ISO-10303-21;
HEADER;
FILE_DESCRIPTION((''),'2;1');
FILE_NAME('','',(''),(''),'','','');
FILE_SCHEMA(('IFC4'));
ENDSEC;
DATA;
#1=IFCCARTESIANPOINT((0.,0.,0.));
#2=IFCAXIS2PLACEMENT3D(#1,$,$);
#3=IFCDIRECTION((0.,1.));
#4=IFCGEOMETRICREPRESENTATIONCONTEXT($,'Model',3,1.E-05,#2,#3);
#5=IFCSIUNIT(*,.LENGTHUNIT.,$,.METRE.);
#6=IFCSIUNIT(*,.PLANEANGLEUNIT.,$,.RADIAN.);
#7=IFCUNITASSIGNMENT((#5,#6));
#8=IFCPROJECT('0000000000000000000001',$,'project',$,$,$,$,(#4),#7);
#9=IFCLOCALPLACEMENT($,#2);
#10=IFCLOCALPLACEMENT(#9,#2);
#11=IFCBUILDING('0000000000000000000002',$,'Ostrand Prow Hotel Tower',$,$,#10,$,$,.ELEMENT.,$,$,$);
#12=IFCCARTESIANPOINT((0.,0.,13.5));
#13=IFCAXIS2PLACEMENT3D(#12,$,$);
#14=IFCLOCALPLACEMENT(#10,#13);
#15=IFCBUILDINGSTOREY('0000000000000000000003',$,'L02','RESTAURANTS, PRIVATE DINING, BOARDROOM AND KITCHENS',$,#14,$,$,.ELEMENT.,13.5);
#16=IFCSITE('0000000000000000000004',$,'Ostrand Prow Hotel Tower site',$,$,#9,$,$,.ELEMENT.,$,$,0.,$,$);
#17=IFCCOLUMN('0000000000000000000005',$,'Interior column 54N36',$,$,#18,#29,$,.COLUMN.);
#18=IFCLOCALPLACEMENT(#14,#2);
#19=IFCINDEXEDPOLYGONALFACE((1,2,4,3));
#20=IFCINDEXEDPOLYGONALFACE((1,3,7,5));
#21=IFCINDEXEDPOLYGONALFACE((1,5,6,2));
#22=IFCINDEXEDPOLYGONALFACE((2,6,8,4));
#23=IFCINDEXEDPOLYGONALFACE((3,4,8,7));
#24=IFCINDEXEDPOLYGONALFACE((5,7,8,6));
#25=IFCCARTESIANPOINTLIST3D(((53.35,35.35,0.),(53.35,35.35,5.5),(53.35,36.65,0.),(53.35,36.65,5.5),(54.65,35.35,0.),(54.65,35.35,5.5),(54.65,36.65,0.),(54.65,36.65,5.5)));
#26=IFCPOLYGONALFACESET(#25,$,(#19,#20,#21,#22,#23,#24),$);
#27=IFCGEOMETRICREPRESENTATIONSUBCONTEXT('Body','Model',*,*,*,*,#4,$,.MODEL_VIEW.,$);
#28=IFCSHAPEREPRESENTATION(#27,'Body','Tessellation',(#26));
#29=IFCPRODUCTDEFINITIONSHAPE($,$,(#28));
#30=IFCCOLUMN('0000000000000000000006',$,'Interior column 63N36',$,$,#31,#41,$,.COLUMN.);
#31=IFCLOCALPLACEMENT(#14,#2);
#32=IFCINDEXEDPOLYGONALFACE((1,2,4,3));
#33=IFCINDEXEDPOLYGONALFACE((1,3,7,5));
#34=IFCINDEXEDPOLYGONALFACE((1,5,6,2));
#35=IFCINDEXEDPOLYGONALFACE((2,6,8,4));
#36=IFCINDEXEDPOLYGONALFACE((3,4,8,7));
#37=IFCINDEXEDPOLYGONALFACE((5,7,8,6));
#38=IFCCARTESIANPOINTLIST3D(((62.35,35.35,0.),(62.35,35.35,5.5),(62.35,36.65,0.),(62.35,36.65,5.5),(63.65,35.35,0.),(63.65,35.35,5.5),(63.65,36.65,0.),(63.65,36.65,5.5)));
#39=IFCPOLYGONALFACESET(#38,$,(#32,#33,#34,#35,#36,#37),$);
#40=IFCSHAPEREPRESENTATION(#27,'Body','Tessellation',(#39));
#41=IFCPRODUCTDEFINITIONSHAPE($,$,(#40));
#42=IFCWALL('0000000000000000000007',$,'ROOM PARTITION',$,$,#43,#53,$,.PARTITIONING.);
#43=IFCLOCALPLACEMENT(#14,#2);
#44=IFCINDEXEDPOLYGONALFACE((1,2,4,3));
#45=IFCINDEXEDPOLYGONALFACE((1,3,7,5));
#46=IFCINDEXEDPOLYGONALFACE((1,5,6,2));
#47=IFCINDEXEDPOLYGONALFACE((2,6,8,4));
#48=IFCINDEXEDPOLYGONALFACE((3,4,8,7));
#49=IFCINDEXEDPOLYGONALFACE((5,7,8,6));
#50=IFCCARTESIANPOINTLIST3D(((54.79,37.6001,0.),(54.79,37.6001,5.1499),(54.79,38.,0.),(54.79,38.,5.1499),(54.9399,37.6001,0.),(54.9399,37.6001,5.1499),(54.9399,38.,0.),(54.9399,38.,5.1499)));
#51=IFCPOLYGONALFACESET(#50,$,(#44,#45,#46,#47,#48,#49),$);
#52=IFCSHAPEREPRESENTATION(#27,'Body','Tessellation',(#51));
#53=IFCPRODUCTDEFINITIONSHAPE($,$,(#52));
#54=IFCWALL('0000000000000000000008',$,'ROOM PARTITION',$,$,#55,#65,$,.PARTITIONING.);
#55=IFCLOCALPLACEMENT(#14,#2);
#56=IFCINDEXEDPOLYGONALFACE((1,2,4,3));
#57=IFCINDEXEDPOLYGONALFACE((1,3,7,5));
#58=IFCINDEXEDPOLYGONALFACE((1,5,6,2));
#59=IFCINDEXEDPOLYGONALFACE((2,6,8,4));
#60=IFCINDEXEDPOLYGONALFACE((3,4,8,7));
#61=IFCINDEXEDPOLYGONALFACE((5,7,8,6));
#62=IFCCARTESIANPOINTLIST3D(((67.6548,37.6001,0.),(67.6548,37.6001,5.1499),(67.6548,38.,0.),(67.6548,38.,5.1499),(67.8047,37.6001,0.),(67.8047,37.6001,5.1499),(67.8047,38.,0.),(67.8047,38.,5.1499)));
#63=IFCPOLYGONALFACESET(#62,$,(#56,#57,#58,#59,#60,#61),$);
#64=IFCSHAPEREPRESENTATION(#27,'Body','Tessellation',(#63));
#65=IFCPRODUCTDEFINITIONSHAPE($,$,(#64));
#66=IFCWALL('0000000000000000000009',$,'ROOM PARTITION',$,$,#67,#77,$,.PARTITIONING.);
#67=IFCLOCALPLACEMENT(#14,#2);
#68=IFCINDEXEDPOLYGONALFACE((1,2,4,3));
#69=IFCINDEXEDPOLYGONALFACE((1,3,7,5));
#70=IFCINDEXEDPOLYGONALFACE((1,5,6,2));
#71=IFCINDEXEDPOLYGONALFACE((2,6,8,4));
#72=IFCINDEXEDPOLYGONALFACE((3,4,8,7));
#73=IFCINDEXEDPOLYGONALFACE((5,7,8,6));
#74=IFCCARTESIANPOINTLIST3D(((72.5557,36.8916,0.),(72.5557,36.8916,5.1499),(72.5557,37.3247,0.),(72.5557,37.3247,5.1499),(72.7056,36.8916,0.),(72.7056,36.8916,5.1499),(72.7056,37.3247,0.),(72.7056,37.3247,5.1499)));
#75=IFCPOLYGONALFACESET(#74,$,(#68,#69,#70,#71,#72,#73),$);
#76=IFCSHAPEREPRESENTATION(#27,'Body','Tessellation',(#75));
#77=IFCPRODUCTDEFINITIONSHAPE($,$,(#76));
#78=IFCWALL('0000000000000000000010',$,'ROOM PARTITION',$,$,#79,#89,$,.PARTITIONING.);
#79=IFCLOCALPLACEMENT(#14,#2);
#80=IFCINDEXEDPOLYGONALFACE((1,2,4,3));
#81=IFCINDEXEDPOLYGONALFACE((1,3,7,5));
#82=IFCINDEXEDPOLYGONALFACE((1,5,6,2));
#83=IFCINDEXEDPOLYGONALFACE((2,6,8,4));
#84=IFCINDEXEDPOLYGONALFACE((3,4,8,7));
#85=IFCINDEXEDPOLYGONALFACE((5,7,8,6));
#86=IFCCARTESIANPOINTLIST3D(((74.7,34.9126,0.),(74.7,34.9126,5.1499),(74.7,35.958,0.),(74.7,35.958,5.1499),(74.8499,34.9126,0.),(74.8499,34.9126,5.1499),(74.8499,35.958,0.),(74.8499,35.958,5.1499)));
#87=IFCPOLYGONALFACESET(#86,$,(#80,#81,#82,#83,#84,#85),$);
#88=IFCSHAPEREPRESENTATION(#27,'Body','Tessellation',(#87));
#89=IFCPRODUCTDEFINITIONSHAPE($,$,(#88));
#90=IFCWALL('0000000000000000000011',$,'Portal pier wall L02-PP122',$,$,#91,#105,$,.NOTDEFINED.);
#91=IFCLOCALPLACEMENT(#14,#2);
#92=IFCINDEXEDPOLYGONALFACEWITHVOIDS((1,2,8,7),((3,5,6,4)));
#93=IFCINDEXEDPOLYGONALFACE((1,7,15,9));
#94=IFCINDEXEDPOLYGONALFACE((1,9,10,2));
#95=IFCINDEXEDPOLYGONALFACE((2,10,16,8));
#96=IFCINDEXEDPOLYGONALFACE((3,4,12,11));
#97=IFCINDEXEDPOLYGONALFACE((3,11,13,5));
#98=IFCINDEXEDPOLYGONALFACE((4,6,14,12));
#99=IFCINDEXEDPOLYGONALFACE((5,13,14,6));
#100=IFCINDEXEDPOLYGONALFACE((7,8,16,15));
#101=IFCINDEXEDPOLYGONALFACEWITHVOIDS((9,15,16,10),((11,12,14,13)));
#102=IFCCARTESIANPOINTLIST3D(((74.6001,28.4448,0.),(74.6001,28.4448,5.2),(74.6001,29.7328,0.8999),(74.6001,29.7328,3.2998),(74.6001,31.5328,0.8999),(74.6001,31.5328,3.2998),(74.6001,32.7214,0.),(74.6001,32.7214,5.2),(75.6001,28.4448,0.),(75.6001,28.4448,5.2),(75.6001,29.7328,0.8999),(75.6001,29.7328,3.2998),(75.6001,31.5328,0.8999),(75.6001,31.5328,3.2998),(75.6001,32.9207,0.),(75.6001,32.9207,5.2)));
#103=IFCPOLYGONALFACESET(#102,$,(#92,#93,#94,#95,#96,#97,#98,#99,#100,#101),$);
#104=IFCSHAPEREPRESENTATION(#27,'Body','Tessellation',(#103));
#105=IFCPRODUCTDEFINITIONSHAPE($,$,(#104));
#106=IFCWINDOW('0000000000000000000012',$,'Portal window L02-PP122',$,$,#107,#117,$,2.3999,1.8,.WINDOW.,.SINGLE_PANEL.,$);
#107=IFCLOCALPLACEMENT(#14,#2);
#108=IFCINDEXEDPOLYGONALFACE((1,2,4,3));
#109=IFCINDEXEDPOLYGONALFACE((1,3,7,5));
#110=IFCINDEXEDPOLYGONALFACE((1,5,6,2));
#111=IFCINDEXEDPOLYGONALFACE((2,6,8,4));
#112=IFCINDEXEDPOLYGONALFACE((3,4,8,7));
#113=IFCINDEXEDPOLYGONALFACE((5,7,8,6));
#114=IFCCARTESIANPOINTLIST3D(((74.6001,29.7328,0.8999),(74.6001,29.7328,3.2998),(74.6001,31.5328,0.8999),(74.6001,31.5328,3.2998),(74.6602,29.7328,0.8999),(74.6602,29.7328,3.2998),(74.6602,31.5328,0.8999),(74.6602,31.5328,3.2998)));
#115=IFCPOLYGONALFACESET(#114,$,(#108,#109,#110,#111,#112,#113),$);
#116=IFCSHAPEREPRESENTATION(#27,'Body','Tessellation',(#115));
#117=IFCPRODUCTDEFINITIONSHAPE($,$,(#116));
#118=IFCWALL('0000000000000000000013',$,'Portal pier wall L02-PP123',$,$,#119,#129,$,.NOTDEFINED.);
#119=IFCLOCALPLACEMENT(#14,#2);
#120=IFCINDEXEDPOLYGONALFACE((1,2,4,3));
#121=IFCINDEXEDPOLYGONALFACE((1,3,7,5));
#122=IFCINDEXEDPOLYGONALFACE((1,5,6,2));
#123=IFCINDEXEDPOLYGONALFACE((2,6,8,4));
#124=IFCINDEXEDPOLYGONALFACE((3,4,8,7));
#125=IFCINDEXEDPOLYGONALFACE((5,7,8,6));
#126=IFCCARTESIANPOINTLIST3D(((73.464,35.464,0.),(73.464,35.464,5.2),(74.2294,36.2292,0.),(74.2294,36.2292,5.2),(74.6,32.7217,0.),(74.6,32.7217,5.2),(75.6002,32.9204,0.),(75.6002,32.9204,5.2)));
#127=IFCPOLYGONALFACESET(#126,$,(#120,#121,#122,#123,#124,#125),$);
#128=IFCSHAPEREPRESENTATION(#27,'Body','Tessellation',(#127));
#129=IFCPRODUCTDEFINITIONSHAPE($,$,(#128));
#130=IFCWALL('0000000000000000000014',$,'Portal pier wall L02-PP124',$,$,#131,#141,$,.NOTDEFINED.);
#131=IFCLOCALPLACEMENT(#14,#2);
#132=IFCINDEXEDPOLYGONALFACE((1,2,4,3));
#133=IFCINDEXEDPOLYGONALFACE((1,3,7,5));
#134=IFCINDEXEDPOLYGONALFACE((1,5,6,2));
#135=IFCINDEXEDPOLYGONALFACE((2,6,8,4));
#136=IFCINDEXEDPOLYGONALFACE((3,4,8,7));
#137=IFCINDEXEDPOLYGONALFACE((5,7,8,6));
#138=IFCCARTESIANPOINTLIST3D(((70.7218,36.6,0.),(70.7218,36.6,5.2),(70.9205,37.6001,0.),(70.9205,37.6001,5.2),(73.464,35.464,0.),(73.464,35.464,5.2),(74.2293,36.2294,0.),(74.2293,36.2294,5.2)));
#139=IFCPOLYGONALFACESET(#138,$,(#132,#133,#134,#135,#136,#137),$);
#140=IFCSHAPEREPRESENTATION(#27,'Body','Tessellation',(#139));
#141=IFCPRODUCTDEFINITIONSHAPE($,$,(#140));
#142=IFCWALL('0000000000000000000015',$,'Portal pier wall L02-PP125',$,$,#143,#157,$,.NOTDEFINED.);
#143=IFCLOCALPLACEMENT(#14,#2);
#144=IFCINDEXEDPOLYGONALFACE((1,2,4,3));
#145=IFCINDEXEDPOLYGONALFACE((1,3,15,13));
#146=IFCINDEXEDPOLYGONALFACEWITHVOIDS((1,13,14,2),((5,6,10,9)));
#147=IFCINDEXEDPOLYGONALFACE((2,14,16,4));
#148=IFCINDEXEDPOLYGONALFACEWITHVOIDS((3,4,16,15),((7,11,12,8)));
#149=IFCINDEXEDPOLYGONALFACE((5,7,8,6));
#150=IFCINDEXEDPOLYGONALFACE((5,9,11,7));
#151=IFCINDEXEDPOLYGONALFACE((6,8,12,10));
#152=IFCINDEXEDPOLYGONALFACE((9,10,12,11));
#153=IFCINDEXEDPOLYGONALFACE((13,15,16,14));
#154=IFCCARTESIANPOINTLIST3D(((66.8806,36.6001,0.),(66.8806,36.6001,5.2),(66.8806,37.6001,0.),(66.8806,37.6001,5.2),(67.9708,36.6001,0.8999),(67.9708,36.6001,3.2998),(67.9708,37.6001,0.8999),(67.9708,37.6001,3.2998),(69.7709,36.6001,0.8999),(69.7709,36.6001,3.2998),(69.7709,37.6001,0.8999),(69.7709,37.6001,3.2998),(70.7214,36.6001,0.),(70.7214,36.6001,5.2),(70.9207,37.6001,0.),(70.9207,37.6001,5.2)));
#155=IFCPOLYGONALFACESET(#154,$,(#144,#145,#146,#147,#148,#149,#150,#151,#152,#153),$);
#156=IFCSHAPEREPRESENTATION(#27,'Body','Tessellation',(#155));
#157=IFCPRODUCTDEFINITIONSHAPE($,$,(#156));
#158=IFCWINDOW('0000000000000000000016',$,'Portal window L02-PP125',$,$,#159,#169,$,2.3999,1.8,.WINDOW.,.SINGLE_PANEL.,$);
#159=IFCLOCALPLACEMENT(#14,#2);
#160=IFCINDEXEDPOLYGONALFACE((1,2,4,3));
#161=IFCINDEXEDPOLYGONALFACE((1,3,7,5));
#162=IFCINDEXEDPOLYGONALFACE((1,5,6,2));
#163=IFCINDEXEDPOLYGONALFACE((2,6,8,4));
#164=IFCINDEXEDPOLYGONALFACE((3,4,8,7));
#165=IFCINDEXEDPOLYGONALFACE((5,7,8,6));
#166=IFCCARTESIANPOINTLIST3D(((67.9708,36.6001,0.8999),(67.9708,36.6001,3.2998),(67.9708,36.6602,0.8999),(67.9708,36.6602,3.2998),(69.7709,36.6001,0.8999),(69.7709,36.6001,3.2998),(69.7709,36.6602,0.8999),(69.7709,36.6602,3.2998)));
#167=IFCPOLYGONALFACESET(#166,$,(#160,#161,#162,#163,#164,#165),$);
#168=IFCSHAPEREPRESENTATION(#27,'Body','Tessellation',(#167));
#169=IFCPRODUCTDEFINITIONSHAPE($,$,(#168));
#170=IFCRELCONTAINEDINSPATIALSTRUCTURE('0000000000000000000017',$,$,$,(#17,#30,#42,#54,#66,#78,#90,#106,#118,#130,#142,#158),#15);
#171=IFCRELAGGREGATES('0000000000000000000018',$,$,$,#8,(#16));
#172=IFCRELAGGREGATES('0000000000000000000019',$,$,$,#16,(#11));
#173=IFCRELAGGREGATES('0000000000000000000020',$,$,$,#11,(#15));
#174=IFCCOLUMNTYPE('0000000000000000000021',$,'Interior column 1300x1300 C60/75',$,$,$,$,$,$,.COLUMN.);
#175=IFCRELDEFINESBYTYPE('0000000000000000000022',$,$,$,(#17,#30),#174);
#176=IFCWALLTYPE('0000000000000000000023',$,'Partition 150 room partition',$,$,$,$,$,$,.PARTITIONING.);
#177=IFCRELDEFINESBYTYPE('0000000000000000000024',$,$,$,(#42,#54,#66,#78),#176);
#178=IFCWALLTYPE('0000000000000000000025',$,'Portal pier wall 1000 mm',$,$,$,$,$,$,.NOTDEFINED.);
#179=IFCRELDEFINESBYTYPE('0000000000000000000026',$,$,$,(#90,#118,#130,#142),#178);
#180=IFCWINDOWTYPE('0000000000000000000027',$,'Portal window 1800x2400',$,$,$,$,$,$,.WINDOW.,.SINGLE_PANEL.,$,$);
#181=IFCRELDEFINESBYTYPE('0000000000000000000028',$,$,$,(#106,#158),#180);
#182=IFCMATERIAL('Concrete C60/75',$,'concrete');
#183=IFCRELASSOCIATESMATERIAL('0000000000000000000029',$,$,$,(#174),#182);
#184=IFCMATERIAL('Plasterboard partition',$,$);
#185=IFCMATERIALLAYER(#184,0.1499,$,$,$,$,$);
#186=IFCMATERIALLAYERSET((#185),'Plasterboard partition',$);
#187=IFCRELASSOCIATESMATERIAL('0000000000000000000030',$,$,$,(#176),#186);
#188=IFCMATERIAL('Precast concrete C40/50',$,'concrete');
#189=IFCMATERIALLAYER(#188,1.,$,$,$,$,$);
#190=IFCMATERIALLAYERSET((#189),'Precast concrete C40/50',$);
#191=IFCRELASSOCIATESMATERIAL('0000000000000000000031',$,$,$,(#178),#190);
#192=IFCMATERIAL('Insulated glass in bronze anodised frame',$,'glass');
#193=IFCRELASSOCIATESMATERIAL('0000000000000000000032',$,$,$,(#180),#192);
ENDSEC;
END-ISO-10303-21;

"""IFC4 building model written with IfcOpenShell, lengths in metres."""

from ifc_helpers import new_model, si_unit, direction, frame, frame_2d, origin, origin_2d, place, context, subcontext, project, spatial, polyline, rectangle, outline, extrude, material, layer, layer_set, material_profile, profile_set, type_object, element, fill, save


model = new_model("IFC4")

# Units and contexts
model_context = context("Model", 3, precision=1e-05, world=origin(), true_north=direction((0.0, 1.0)))
body_context = subcontext(model_context, "Body", "Model", "MODEL_VIEW")
ifc_project = project(units=[si_unit("LENGTHUNIT", "METRE"), si_unit("PLANEANGLEUNIT", "RADIAN")], contexts=[model_context])

# Site, building, storey
site_placement = place(None, origin())
site = spatial("IfcSite", under=ifc_project, at=site_placement, Name="Ostrand Prow Hotel Tower site", CompositionType="ELEMENT", RefElevation=0.0)
building_placement = place(site_placement, origin())
building = spatial("IfcBuilding", under=site, at=building_placement, Name="Ostrand Prow Hotel Tower", CompositionType="ELEMENT")
storey_placement = place(building_placement, frame((0.0, 0.0, 13.5)))
storey = spatial("IfcBuildingStorey", under=building, at=storey_placement, Name="L02", Description="RESTAURANTS, PRIVATE DINING, BOARDROOM AND KITCHENS", CompositionType="ELEMENT", Elevation=13.5)

# Columns
ifc_material_1 = material(Name="Concrete C60/75", Category="concrete")
ifc_material_profile = material_profile(ifc_material_1, rectangle(XDim=1.3, YDim=1.3, at=origin_2d()), Name="RC 1300x1300")
ifc_profile_set = profile_set([ifc_material_profile], Name="Concrete C60/75")
column_type = type_object("IfcColumnType", Name="Interior column 1300x1300 C60/75", PredefinedType="COLUMN", material=ifc_profile_set)
for number, where, z_axis, x_axis, name in (
    (1, (54.0, 36.0, 0.0), (0.0, 0.0, 1.0), (1.0, 0.0, 0.0), "Interior column 54N36"),
    (2, (63.0, 36.0, 0.0), (0.0, 0.0, 1.0), (1.0, 0.0, 0.0), "Interior column 63N36"),
):
    element("IfcColumn", number, at=place(storey_placement, frame(where, z_axis=z_axis, x_axis=x_axis)), inside=storey, type_object=column_type, Name=name, PredefinedType="COLUMN", context=body_context, shape_type="SweptSolid", body=[
        extrude(rectangle(XDim=1.3, YDim=1.3, at=origin_2d()), origin(), (0.0, 0.0, 1.0), 5.5),
    ])

# Walls
ifc_material_2 = material(Name="Plasterboard partition")
ifc_layer_1 = layer(ifc_material_2, 0.1499)
ifc_layer_set_1 = layer_set([ifc_layer_1], Name="Plasterboard partition")
wall_type_1 = type_object("IfcWallType", Name="Partition 150 room partition", PredefinedType="PARTITIONING", material=ifc_layer_set_1)
for number, where, z_axis, x_axis, name in (
    (3, (54.865, 37.6001, 0.0), (0.0, 0.0, 1.0), (0.0, 1.0, 0.0), "ROOM PARTITION"),
    (4, (67.7297, 37.6001, 0.0), (0.0, 0.0, 1.0), (0.0, 1.0, 0.0), "ROOM PARTITION"),
):
    element("IfcWall", number, at=place(storey_placement, frame(where, z_axis=z_axis, x_axis=x_axis)), inside=storey, type_object=wall_type_1, Name=name, PredefinedType="PARTITIONING", context=body_context, shape_type="SweptSolid", body=[
        extrude(rectangle(XDim=0.3999, YDim=0.1499, at=frame_2d((0.2, 0.0))), origin(), (0.0, 0.0, 1.0), 5.1499),
    ])
wall_1_placement = place(storey_placement, frame((72.6306, 36.8916, 0.0), z_axis=(0.0, 0.0, 1.0), x_axis=(0.0, 1.0, 0.0)))
element("IfcWall", 5, at=wall_1_placement, inside=storey, type_object=wall_type_1, Name="ROOM PARTITION", PredefinedType="PARTITIONING", context=body_context, shape_type="SweptSolid", body=[
    extrude(rectangle(XDim=0.4331, YDim=0.1499, at=frame_2d((0.2166, 0.0))), origin(), (0.0, 0.0, 1.0), 5.1499),
])
wall_2_placement = place(storey_placement, frame((74.7749, 34.9126, 0.0), z_axis=(0.0, 0.0, 1.0), x_axis=(0.0, 1.0, 0.0)))
element("IfcWall", 6, at=wall_2_placement, inside=storey, type_object=wall_type_1, Name="ROOM PARTITION", PredefinedType="PARTITIONING", context=body_context, shape_type="SweptSolid", body=[
    extrude(rectangle(XDim=1.0454, YDim=0.1499, at=frame_2d((0.5227, 0.0))), origin(), (0.0, 0.0, 1.0), 5.1499),
])

# Wall, opening, window
ifc_material_3 = material(Name="Precast concrete C40/50", Category="concrete")
ifc_layer_2 = layer(ifc_material_3, 1.0)
ifc_layer_set_2 = layer_set([ifc_layer_2], Name="Precast concrete C40/50")
wall_type_2 = type_object("IfcWallType", Name="Portal pier wall 1000 mm", PredefinedType="NOTDEFINED", material=ifc_layer_set_2)
wall_3_placement = place(storey_placement, frame((75.1001, 28.4448, 0.0), z_axis=(0.0, 0.0, 1.0), x_axis=(0.0, 1.0, 0.0)))
wall_3 = element("IfcWall", 7, at=wall_3_placement, inside=storey, type_object=wall_type_2, Name="Portal pier wall L02-PP122", PredefinedType="NOTDEFINED", context=body_context, shape_type="SweptSolid", body=[
    extrude(outline(polyline([(0.0, -0.5), (4.4758, -0.5), (4.2766, 0.5), (0.0, 0.5), (0.0, -0.5)])), origin(), (0.0, 0.0, 1.0), 5.2),
])
opening_1_placement = place(wall_3_placement, frame((1.2881, 0.0, 0.8999)))
opening_1 = element("IfcOpeningElement", 8, at=opening_1_placement, cuts=wall_3, PredefinedType="OPENING", context=body_context, shape_type="SweptSolid", body=[
    extrude(rectangle(XDim=1.8, YDim=2.3999, at=frame_2d((0.8999, 1.2))), frame((0.0, 0.51, 0.0), z_axis=(0.0, -1.0, 0.0), x_axis=(1.0, 0.0, 0.0)), (0.0, 0.0, 1.0), 1.02),
])
ifc_material_4 = material(Name="Insulated glass in bronze anodised frame", Category="glass")
window_type = type_object("IfcWindowType", Name="Portal window 1800x2400", PartitioningType="SINGLE_PANEL", PredefinedType="WINDOW", material=ifc_material_4)
window_1_placement = place(opening_1_placement, origin())
window_1 = element("IfcWindow", 9, at=window_1_placement, inside=storey, type_object=window_type, Name="Portal window L02-PP122", OverallHeight=2.3999, OverallWidth=1.8, PartitioningType="SINGLE_PANEL", PredefinedType="WINDOW", context=body_context, shape_type="SweptSolid", body=[
    extrude(rectangle(XDim=1.8, YDim=2.3999, at=frame_2d((0.8999, 1.2))), frame((0.0, 0.5, 0.0), z_axis=(0.0, -1.0, 0.0), x_axis=(1.0, 0.0, 0.0)), (0.0, 0.0, 1.0), 0.0601),
])
fill(opening_1, window_1)

# Walls
wall_4_placement = place(storey_placement, frame((75.1001, 32.821, 0.0), z_axis=(0.0, 0.0, 1.0), x_axis=(-0.382725, 0.923862, 0.0)))
element("IfcWall", 10, at=wall_4_placement, inside=storey, type_object=wall_type_2, Name="Portal pier wall L02-PP123", PredefinedType="NOTDEFINED", context=body_context, shape_type="SweptSolid", body=[
    extrude(outline(polyline([(-0.0996, -0.5), (3.4819, -0.5), (3.0679, 0.5), (0.0996, 0.5), (-0.0996, -0.5)])), origin(), (0.0, 0.0, 1.0), 5.2),
])
wall_5_placement = place(storey_placement, frame((73.8467, 35.8467, 0.0), z_axis=(0.0, 0.0, 1.0), x_axis=(-0.923862, 0.382725, 0.0)))
element("IfcWall", 11, at=wall_5_placement, inside=storey, type_object=wall_type_2, Name="Portal pier wall L02-PP124", PredefinedType="NOTDEFINED", context=body_context, shape_type="SweptSolid", body=[
    extrude(outline(polyline([(-0.207, -0.5), (3.3745, -0.5), (3.1753, 0.5), (0.207, 0.5), (-0.207, -0.5)])), origin(), (0.0, 0.0, 1.0), 5.2),
])

# Wall, opening, window
wall_6_placement = place(storey_placement, frame((70.821, 37.1001, 0.0), z_axis=(0.0, 0.0, 1.0), x_axis=(-1.0, 0.0, 0.0)))
wall_6 = element("IfcWall", 12, at=wall_6_placement, inside=storey, type_object=wall_type_2, Name="Portal pier wall L02-PP125", PredefinedType="NOTDEFINED", context=body_context, shape_type="SweptSolid", body=[
    extrude(outline(polyline([(-0.0996, -0.5), (3.9404, -0.5), (3.9404, 0.5), (0.0996, 0.5), (-0.0996, -0.5)])), origin(), (0.0, 0.0, 1.0), 5.2),
])
opening_2_placement = place(wall_6_placement, frame((1.0503, 0.0, 0.8999)))
opening_2 = element("IfcOpeningElement", 13, at=opening_2_placement, cuts=wall_6, PredefinedType="OPENING", context=body_context, shape_type="SweptSolid", body=[
    extrude(rectangle(XDim=1.8, YDim=2.3999, at=frame_2d((0.8999, 1.2))), frame((0.0, 0.51, 0.0), z_axis=(0.0, -1.0, 0.0), x_axis=(1.0, 0.0, 0.0)), (0.0, 0.0, 1.0), 1.02),
])
window_2_placement = place(opening_2_placement, origin())
window_2 = element("IfcWindow", 14, at=window_2_placement, inside=storey, type_object=window_type, Name="Portal window L02-PP125", OverallHeight=2.3999, OverallWidth=1.8, PartitioningType="SINGLE_PANEL", PredefinedType="WINDOW", context=body_context, shape_type="SweptSolid", body=[
    extrude(rectangle(XDim=1.8, YDim=2.3999, at=frame_2d((0.8999, 1.2))), frame((0.0, 0.5, 0.0), z_axis=(0.0, -1.0, 0.0), x_axis=(1.0, 0.0, 0.0)), (0.0, 0.0, 1.0), 0.0601),
])
fill(opening_2, window_2)

save(model, "model.ifc")
